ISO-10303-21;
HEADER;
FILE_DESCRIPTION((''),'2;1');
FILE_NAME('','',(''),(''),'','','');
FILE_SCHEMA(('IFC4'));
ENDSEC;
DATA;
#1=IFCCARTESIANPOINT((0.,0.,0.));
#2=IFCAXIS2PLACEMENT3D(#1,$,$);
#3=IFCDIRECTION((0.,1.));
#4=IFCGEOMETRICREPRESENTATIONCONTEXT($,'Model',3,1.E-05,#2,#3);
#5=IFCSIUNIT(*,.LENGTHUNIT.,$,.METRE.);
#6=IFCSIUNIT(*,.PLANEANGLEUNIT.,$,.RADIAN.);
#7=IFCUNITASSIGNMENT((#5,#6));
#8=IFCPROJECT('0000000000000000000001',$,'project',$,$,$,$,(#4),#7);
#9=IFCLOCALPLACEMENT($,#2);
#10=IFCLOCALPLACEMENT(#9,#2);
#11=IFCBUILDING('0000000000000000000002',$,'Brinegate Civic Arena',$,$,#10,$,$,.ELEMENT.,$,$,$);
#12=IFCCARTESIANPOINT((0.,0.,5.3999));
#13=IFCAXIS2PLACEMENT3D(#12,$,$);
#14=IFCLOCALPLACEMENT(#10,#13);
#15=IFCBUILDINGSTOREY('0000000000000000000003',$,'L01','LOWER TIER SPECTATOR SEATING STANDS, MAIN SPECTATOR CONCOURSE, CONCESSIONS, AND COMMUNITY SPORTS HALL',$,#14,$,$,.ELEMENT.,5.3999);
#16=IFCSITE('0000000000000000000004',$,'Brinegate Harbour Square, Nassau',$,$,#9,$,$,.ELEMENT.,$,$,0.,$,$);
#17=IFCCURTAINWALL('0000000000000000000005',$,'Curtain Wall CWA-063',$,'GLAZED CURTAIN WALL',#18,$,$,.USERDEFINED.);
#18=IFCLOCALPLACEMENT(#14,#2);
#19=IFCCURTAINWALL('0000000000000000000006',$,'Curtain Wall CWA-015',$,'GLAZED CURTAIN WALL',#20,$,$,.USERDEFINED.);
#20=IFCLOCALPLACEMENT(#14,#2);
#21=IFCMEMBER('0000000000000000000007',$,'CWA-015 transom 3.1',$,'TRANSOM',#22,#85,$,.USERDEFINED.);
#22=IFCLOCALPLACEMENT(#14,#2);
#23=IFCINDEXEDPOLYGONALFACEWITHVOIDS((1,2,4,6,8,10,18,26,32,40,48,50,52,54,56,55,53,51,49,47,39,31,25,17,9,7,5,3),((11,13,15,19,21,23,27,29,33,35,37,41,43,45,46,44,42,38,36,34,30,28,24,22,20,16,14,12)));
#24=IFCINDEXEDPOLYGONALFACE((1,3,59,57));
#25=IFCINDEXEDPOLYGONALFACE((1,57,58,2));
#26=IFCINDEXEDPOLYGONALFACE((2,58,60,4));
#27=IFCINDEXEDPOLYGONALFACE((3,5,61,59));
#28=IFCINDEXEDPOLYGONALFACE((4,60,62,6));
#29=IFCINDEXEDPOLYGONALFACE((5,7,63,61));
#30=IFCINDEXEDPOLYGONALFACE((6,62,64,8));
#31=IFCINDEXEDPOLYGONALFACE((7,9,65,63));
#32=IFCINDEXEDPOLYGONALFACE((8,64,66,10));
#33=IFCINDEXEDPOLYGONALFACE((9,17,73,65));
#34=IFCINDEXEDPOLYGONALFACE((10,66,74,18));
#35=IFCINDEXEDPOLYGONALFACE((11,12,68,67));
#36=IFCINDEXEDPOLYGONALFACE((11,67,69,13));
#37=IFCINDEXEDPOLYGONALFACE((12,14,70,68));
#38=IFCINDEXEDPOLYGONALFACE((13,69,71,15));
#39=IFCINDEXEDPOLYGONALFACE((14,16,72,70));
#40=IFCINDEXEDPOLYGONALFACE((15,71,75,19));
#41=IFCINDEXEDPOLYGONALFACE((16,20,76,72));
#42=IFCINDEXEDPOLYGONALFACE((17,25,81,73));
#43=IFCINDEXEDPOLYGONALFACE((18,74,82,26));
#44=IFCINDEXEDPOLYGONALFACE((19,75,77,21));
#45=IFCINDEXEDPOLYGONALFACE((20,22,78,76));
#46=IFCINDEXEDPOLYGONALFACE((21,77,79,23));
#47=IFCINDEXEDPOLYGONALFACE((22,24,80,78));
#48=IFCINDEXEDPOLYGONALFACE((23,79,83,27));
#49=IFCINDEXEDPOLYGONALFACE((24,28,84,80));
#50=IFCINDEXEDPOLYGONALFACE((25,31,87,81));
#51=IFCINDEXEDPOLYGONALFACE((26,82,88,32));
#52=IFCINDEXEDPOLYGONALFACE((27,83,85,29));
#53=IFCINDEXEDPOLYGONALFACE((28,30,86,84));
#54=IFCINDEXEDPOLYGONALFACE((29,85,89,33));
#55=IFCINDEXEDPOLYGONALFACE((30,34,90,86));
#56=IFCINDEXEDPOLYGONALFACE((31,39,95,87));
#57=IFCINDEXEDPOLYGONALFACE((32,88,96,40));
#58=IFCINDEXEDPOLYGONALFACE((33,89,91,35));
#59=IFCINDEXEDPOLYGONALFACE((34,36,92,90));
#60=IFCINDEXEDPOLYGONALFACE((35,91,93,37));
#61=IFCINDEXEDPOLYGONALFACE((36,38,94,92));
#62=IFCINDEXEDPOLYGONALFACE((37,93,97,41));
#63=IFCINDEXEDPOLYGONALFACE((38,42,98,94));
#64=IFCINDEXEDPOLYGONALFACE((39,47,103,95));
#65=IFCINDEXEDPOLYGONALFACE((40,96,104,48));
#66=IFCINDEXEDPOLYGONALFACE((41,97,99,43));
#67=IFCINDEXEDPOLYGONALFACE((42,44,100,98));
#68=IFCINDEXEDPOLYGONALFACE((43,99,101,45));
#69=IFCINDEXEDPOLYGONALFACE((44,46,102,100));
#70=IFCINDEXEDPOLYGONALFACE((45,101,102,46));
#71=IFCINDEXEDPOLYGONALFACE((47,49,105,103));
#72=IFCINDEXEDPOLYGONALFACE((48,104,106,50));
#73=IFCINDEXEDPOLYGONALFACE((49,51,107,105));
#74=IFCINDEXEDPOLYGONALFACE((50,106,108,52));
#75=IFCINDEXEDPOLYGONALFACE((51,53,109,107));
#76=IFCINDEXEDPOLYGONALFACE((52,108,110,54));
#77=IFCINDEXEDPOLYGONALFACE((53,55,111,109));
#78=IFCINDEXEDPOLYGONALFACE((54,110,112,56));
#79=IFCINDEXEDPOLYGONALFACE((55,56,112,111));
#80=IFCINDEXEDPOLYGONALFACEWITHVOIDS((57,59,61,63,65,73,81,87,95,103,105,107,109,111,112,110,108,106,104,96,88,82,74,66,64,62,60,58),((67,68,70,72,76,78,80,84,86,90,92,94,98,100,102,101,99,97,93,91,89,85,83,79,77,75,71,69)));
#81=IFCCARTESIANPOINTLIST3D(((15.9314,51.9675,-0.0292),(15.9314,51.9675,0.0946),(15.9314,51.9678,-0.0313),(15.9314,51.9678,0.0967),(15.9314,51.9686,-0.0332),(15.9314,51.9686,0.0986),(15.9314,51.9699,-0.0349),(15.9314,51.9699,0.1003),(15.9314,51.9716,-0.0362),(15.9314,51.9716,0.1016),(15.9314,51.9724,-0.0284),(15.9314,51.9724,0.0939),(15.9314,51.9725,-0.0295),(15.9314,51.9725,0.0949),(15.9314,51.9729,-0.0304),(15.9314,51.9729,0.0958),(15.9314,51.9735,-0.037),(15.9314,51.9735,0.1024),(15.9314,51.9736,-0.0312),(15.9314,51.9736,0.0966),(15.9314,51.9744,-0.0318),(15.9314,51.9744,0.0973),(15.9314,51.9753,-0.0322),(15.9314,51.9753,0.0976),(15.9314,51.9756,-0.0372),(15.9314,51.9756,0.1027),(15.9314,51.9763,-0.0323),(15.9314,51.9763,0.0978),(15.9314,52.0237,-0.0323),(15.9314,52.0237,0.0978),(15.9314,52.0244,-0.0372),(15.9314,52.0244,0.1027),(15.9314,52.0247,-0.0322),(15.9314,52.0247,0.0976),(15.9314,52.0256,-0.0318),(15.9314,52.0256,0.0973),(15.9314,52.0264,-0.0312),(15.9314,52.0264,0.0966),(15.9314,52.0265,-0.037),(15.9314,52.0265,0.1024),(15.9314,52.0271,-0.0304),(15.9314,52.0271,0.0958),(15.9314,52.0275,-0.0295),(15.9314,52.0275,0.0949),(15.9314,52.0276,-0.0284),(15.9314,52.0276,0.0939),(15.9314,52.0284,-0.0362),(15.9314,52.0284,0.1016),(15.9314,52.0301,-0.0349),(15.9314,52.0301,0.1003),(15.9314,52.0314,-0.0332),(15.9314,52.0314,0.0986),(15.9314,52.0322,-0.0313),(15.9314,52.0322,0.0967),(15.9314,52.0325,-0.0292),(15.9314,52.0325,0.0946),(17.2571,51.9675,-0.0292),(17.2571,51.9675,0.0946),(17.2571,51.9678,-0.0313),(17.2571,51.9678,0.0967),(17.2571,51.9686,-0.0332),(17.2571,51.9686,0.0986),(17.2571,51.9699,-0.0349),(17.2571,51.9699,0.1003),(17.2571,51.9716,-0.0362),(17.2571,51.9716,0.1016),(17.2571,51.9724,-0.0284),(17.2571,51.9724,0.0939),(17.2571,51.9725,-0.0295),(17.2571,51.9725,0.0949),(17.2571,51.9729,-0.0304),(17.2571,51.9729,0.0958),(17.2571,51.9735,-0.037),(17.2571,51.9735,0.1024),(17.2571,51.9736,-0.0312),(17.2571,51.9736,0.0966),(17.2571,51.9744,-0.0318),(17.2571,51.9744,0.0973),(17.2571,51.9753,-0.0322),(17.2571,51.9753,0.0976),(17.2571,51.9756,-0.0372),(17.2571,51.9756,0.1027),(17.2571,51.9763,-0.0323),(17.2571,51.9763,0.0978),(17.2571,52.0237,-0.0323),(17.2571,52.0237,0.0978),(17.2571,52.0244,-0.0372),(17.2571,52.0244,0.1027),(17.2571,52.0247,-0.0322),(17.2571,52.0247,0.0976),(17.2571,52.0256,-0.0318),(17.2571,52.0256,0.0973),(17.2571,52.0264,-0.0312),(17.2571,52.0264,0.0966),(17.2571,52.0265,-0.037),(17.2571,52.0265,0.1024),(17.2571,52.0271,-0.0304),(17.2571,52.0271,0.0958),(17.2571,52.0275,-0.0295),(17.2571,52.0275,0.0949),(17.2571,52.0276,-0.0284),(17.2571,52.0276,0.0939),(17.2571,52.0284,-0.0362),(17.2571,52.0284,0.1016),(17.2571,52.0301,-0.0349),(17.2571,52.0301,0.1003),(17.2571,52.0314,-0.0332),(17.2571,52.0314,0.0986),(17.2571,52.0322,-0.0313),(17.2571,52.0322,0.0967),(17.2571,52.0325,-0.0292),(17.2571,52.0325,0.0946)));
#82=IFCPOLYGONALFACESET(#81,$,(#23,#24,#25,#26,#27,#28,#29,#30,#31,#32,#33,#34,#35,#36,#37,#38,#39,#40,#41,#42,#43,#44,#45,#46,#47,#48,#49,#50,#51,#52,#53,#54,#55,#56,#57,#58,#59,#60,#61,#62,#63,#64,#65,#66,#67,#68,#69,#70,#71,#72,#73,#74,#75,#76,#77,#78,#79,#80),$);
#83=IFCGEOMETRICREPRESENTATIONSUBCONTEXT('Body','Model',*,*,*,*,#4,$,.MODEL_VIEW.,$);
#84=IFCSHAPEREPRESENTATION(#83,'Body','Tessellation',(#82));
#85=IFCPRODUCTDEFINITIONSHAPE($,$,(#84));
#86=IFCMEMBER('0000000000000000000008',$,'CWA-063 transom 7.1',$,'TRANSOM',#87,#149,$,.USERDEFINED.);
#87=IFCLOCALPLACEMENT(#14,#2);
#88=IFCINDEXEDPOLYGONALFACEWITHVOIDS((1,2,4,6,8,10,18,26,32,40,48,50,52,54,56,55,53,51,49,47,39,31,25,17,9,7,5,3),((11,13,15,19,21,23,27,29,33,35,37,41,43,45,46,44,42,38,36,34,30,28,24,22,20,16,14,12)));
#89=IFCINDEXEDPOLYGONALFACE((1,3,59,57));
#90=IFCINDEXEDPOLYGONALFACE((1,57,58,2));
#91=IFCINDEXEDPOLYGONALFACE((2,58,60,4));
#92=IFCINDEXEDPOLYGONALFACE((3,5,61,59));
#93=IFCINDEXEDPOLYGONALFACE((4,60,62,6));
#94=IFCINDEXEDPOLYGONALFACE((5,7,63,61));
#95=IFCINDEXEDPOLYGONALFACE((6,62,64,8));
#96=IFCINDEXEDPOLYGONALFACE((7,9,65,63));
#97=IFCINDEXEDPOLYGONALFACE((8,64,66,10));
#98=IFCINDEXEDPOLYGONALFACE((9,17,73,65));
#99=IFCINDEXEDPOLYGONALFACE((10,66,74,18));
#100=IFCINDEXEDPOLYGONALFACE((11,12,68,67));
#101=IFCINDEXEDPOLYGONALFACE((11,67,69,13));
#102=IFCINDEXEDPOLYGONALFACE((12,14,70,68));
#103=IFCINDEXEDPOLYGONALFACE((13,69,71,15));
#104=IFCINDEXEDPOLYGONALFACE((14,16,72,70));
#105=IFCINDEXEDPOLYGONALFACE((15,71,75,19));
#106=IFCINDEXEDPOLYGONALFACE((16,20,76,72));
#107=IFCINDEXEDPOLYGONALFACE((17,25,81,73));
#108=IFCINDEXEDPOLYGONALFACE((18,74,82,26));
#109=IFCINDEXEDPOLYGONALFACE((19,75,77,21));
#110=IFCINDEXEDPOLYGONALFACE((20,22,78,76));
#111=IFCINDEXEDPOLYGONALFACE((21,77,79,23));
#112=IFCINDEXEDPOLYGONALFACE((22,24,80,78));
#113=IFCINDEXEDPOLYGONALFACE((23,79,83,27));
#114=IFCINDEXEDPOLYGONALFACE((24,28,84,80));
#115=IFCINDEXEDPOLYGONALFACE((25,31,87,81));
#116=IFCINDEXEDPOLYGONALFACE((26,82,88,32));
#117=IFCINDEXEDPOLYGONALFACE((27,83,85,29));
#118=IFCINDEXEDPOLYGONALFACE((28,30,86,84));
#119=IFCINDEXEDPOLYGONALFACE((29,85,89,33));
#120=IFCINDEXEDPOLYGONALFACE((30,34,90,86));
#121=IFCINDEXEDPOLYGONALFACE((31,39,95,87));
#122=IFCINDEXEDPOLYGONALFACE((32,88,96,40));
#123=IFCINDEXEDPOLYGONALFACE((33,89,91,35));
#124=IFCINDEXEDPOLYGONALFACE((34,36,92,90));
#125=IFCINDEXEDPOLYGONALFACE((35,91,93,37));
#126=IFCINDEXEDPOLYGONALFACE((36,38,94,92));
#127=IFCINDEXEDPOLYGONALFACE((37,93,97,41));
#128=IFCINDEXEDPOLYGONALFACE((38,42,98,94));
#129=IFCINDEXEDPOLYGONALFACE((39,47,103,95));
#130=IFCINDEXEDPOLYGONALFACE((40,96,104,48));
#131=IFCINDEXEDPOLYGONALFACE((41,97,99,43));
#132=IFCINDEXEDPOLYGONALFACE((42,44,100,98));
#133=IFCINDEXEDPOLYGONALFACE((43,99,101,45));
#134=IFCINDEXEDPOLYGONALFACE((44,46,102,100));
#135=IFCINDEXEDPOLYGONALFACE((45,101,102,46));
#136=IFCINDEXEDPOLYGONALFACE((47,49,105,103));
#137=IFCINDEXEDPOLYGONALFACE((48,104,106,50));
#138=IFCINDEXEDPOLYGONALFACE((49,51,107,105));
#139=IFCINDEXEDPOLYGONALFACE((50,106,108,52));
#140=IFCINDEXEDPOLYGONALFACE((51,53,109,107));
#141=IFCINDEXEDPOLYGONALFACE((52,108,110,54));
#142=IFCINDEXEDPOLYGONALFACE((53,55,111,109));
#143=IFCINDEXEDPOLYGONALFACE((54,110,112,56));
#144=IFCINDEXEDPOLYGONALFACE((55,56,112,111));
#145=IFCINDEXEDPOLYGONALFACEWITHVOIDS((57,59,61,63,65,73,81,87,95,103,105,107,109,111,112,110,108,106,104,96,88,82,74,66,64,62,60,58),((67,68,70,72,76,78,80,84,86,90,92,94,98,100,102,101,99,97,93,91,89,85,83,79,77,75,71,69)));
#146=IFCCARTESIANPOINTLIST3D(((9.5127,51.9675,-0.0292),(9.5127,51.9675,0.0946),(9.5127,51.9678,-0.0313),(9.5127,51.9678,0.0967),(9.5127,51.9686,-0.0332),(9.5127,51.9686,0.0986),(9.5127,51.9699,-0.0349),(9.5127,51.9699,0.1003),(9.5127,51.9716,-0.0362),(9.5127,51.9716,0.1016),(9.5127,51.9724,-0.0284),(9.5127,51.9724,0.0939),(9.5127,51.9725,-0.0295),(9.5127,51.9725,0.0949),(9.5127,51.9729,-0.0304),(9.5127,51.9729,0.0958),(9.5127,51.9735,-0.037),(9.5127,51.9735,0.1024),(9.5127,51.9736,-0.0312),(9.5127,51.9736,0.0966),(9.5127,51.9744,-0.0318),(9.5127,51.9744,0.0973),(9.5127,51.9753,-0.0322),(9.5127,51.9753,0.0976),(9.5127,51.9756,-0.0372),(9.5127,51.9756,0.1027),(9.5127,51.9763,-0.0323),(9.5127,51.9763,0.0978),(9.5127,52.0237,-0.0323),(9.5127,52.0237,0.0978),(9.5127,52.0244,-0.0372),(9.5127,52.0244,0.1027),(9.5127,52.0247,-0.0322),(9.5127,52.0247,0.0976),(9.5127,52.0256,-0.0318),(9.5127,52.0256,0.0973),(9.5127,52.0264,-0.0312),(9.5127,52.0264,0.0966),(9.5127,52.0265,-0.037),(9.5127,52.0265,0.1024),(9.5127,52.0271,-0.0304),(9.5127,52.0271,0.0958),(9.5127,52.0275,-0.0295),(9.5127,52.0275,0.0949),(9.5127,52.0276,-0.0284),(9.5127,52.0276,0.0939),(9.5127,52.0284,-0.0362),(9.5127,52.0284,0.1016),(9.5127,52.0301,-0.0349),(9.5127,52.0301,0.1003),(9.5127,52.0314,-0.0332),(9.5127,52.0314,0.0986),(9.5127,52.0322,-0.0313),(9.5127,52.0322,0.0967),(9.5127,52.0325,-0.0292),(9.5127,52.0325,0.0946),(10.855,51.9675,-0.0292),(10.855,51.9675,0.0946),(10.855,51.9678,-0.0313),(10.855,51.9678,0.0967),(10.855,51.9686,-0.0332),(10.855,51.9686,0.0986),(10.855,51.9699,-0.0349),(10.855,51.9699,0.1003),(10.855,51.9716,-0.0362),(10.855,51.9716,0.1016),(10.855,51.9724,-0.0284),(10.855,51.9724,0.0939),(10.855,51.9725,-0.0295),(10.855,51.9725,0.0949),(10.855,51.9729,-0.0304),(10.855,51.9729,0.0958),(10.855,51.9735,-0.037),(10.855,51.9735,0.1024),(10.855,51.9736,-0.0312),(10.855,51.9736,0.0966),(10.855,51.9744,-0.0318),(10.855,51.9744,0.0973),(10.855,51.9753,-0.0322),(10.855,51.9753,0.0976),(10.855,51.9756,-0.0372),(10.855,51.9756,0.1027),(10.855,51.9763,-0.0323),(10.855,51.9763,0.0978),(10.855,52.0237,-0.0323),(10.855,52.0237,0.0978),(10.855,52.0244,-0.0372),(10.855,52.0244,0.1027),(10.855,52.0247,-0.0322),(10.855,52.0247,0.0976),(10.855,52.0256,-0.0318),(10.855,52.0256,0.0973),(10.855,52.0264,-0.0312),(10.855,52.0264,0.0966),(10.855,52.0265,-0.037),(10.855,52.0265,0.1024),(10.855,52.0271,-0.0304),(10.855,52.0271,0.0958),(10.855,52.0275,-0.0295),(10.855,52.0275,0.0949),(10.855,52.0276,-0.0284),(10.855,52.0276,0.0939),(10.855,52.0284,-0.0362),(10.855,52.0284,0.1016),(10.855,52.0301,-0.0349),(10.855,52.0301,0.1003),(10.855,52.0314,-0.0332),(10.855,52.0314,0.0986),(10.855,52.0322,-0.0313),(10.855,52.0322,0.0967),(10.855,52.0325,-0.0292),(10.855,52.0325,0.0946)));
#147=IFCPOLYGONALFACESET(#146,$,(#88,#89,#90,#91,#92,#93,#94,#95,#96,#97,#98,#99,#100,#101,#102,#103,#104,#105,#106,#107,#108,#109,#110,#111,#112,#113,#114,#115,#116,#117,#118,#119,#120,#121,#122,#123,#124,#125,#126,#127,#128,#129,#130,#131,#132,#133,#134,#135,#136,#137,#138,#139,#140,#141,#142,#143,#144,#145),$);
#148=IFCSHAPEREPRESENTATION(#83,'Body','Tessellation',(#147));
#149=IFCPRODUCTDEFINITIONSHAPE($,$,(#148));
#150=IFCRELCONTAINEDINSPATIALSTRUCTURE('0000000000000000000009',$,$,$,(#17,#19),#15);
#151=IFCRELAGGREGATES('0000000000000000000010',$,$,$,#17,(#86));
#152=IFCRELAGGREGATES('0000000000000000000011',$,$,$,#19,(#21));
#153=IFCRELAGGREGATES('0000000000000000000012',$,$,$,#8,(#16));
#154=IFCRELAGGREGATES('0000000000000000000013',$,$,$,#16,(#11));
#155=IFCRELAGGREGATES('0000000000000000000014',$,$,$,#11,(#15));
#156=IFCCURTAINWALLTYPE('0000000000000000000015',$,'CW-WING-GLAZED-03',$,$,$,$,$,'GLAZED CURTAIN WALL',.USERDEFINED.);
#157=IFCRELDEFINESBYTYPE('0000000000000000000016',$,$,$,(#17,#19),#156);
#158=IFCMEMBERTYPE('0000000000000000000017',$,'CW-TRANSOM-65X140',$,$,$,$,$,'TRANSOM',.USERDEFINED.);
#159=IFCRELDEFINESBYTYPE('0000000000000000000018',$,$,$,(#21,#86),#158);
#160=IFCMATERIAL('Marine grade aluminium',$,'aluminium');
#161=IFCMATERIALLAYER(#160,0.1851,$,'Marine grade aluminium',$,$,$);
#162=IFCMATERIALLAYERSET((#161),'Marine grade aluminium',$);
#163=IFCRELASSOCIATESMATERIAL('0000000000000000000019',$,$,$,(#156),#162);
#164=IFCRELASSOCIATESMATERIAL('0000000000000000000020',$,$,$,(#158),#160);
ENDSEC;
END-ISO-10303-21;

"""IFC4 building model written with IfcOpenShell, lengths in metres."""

from ifc_helpers import new_model, si_unit, direction, frame, origin, origin_2d, place, context, subcontext, project, spatial, hollow_rectangle, extrude, material, layer, layer_set, material_profile, profile_set, type_object, element, aggregate, save


model = new_model("IFC4")

# Units and contexts
model_context = context("Model", 3, precision=1e-05, world=origin(), true_north=direction((0.0, 1.0)))
body_context = subcontext(model_context, "Body", "Model", "MODEL_VIEW")
ifc_project = project(units=[si_unit("LENGTHUNIT", "METRE"), si_unit("PLANEANGLEUNIT", "RADIAN")], contexts=[model_context])

# Site, building, storey
site_placement = place(None, origin())
site = spatial("IfcSite", under=ifc_project, at=site_placement, Name="Brinegate Harbour Square, Nassau", CompositionType="ELEMENT", RefElevation=0.0)
building_placement = place(site_placement, origin())
building = spatial("IfcBuilding", under=site, at=building_placement, Name="Brinegate Civic Arena", CompositionType="ELEMENT")
storey_placement = place(building_placement, frame((0.0, 0.0, 5.3999)))
storey = spatial("IfcBuildingStorey", under=building, at=storey_placement, Name="L01", Description="LOWER TIER SPECTATOR SEATING STANDS, MAIN SPECTATOR CONCOURSE, CONCESSIONS, AND COMMUNITY SPORTS HALL", CompositionType="ELEMENT", Elevation=5.3999)

# Curtain wall
ifc_material_1 = material(Name="Marine grade aluminium", Category="aluminium")
ifc_layer_1 = layer(ifc_material_1, 0.1851, Name="Marine grade aluminium")
ifc_layer_set_1 = layer_set([ifc_layer_1], Name="Marine grade aluminium")
curtain_wall_type = type_object("IfcCurtainWallType", Name="CW-WING-GLAZED-03", ElementType="GLAZED CURTAIN WALL", PredefinedType="USERDEFINED", material=ifc_layer_set_1)
curtain_wall_1_placement = place(storey_placement, origin())
curtain_wall_1 = element("IfcCurtainWall", 1, at=curtain_wall_1_placement, inside=storey, type_object=curtain_wall_type, Name="Curtain Wall CWA-063", ObjectType="GLAZED CURTAIN WALL", PredefinedType="USERDEFINED")

# Curtain wall, member
curtain_wall_2_placement = place(storey_placement, origin())
curtain_wall_2 = element("IfcCurtainWall", 2, at=curtain_wall_2_placement, inside=storey, type_object=curtain_wall_type, Name="Curtain Wall CWA-015", ObjectType="GLAZED CURTAIN WALL", PredefinedType="USERDEFINED")
ifc_material_profile_1 = material_profile(ifc_material_1, hollow_rectangle(XDim=0.0649, YDim=0.1399, WallThickness=0.0049, InnerFilletRadius=0.0039, OuterFilletRadius=0.0081, at=origin_2d()), Name="TRN65X140")
ifc_profile_set_1 = profile_set([ifc_material_profile_1], Name="Marine grade aluminium")
member_type_1 = type_object("IfcMemberType", Name="CW-TRANSOM-65X140", ElementType="TRANSOM", PredefinedType="USERDEFINED", material=ifc_profile_set_1)
member_1_placement = place(storey_placement, frame((15.9314, 52.0, 0.0327), z_axis=(1.0, 0.0, 0.0), x_axis=(0.0, 1.0, 0.0)))
member_1 = element("IfcMember", 3, at=member_1_placement, type_object=member_type_1, Name="CWA-015 transom 3.1", ObjectType="TRANSOM", PredefinedType="USERDEFINED", context=body_context, shape_type="SweptSolid", body=[
    extrude(hollow_rectangle(XDim=0.0649, YDim=0.1399, WallThickness=0.0049, InnerFilletRadius=0.0039, OuterFilletRadius=0.0081, at=origin_2d()), origin(), (0.0, 0.0, 1.0), 1.3257),
])

# Member
member_2_placement = place(storey_placement, frame((9.5127, 52.0, 0.0327), z_axis=(1.0, 0.0, 0.0), x_axis=(0.0, 1.0, 0.0)))
member_2 = element("IfcMember", 4, at=member_2_placement, type_object=member_type_1, Name="CWA-063 transom 7.1", ObjectType="TRANSOM", PredefinedType="USERDEFINED", context=body_context, shape_type="SweptSolid", body=[
    extrude(hollow_rectangle(XDim=0.0649, YDim=0.1399, WallThickness=0.0049, InnerFilletRadius=0.0039, OuterFilletRadius=0.0081, at=origin_2d()), origin(), (0.0, 0.0, 1.0), 1.3423),
])

aggregate(curtain_wall_1, [member_2])
aggregate(curtain_wall_2, [member_1])

save(model, "model.ifc")
